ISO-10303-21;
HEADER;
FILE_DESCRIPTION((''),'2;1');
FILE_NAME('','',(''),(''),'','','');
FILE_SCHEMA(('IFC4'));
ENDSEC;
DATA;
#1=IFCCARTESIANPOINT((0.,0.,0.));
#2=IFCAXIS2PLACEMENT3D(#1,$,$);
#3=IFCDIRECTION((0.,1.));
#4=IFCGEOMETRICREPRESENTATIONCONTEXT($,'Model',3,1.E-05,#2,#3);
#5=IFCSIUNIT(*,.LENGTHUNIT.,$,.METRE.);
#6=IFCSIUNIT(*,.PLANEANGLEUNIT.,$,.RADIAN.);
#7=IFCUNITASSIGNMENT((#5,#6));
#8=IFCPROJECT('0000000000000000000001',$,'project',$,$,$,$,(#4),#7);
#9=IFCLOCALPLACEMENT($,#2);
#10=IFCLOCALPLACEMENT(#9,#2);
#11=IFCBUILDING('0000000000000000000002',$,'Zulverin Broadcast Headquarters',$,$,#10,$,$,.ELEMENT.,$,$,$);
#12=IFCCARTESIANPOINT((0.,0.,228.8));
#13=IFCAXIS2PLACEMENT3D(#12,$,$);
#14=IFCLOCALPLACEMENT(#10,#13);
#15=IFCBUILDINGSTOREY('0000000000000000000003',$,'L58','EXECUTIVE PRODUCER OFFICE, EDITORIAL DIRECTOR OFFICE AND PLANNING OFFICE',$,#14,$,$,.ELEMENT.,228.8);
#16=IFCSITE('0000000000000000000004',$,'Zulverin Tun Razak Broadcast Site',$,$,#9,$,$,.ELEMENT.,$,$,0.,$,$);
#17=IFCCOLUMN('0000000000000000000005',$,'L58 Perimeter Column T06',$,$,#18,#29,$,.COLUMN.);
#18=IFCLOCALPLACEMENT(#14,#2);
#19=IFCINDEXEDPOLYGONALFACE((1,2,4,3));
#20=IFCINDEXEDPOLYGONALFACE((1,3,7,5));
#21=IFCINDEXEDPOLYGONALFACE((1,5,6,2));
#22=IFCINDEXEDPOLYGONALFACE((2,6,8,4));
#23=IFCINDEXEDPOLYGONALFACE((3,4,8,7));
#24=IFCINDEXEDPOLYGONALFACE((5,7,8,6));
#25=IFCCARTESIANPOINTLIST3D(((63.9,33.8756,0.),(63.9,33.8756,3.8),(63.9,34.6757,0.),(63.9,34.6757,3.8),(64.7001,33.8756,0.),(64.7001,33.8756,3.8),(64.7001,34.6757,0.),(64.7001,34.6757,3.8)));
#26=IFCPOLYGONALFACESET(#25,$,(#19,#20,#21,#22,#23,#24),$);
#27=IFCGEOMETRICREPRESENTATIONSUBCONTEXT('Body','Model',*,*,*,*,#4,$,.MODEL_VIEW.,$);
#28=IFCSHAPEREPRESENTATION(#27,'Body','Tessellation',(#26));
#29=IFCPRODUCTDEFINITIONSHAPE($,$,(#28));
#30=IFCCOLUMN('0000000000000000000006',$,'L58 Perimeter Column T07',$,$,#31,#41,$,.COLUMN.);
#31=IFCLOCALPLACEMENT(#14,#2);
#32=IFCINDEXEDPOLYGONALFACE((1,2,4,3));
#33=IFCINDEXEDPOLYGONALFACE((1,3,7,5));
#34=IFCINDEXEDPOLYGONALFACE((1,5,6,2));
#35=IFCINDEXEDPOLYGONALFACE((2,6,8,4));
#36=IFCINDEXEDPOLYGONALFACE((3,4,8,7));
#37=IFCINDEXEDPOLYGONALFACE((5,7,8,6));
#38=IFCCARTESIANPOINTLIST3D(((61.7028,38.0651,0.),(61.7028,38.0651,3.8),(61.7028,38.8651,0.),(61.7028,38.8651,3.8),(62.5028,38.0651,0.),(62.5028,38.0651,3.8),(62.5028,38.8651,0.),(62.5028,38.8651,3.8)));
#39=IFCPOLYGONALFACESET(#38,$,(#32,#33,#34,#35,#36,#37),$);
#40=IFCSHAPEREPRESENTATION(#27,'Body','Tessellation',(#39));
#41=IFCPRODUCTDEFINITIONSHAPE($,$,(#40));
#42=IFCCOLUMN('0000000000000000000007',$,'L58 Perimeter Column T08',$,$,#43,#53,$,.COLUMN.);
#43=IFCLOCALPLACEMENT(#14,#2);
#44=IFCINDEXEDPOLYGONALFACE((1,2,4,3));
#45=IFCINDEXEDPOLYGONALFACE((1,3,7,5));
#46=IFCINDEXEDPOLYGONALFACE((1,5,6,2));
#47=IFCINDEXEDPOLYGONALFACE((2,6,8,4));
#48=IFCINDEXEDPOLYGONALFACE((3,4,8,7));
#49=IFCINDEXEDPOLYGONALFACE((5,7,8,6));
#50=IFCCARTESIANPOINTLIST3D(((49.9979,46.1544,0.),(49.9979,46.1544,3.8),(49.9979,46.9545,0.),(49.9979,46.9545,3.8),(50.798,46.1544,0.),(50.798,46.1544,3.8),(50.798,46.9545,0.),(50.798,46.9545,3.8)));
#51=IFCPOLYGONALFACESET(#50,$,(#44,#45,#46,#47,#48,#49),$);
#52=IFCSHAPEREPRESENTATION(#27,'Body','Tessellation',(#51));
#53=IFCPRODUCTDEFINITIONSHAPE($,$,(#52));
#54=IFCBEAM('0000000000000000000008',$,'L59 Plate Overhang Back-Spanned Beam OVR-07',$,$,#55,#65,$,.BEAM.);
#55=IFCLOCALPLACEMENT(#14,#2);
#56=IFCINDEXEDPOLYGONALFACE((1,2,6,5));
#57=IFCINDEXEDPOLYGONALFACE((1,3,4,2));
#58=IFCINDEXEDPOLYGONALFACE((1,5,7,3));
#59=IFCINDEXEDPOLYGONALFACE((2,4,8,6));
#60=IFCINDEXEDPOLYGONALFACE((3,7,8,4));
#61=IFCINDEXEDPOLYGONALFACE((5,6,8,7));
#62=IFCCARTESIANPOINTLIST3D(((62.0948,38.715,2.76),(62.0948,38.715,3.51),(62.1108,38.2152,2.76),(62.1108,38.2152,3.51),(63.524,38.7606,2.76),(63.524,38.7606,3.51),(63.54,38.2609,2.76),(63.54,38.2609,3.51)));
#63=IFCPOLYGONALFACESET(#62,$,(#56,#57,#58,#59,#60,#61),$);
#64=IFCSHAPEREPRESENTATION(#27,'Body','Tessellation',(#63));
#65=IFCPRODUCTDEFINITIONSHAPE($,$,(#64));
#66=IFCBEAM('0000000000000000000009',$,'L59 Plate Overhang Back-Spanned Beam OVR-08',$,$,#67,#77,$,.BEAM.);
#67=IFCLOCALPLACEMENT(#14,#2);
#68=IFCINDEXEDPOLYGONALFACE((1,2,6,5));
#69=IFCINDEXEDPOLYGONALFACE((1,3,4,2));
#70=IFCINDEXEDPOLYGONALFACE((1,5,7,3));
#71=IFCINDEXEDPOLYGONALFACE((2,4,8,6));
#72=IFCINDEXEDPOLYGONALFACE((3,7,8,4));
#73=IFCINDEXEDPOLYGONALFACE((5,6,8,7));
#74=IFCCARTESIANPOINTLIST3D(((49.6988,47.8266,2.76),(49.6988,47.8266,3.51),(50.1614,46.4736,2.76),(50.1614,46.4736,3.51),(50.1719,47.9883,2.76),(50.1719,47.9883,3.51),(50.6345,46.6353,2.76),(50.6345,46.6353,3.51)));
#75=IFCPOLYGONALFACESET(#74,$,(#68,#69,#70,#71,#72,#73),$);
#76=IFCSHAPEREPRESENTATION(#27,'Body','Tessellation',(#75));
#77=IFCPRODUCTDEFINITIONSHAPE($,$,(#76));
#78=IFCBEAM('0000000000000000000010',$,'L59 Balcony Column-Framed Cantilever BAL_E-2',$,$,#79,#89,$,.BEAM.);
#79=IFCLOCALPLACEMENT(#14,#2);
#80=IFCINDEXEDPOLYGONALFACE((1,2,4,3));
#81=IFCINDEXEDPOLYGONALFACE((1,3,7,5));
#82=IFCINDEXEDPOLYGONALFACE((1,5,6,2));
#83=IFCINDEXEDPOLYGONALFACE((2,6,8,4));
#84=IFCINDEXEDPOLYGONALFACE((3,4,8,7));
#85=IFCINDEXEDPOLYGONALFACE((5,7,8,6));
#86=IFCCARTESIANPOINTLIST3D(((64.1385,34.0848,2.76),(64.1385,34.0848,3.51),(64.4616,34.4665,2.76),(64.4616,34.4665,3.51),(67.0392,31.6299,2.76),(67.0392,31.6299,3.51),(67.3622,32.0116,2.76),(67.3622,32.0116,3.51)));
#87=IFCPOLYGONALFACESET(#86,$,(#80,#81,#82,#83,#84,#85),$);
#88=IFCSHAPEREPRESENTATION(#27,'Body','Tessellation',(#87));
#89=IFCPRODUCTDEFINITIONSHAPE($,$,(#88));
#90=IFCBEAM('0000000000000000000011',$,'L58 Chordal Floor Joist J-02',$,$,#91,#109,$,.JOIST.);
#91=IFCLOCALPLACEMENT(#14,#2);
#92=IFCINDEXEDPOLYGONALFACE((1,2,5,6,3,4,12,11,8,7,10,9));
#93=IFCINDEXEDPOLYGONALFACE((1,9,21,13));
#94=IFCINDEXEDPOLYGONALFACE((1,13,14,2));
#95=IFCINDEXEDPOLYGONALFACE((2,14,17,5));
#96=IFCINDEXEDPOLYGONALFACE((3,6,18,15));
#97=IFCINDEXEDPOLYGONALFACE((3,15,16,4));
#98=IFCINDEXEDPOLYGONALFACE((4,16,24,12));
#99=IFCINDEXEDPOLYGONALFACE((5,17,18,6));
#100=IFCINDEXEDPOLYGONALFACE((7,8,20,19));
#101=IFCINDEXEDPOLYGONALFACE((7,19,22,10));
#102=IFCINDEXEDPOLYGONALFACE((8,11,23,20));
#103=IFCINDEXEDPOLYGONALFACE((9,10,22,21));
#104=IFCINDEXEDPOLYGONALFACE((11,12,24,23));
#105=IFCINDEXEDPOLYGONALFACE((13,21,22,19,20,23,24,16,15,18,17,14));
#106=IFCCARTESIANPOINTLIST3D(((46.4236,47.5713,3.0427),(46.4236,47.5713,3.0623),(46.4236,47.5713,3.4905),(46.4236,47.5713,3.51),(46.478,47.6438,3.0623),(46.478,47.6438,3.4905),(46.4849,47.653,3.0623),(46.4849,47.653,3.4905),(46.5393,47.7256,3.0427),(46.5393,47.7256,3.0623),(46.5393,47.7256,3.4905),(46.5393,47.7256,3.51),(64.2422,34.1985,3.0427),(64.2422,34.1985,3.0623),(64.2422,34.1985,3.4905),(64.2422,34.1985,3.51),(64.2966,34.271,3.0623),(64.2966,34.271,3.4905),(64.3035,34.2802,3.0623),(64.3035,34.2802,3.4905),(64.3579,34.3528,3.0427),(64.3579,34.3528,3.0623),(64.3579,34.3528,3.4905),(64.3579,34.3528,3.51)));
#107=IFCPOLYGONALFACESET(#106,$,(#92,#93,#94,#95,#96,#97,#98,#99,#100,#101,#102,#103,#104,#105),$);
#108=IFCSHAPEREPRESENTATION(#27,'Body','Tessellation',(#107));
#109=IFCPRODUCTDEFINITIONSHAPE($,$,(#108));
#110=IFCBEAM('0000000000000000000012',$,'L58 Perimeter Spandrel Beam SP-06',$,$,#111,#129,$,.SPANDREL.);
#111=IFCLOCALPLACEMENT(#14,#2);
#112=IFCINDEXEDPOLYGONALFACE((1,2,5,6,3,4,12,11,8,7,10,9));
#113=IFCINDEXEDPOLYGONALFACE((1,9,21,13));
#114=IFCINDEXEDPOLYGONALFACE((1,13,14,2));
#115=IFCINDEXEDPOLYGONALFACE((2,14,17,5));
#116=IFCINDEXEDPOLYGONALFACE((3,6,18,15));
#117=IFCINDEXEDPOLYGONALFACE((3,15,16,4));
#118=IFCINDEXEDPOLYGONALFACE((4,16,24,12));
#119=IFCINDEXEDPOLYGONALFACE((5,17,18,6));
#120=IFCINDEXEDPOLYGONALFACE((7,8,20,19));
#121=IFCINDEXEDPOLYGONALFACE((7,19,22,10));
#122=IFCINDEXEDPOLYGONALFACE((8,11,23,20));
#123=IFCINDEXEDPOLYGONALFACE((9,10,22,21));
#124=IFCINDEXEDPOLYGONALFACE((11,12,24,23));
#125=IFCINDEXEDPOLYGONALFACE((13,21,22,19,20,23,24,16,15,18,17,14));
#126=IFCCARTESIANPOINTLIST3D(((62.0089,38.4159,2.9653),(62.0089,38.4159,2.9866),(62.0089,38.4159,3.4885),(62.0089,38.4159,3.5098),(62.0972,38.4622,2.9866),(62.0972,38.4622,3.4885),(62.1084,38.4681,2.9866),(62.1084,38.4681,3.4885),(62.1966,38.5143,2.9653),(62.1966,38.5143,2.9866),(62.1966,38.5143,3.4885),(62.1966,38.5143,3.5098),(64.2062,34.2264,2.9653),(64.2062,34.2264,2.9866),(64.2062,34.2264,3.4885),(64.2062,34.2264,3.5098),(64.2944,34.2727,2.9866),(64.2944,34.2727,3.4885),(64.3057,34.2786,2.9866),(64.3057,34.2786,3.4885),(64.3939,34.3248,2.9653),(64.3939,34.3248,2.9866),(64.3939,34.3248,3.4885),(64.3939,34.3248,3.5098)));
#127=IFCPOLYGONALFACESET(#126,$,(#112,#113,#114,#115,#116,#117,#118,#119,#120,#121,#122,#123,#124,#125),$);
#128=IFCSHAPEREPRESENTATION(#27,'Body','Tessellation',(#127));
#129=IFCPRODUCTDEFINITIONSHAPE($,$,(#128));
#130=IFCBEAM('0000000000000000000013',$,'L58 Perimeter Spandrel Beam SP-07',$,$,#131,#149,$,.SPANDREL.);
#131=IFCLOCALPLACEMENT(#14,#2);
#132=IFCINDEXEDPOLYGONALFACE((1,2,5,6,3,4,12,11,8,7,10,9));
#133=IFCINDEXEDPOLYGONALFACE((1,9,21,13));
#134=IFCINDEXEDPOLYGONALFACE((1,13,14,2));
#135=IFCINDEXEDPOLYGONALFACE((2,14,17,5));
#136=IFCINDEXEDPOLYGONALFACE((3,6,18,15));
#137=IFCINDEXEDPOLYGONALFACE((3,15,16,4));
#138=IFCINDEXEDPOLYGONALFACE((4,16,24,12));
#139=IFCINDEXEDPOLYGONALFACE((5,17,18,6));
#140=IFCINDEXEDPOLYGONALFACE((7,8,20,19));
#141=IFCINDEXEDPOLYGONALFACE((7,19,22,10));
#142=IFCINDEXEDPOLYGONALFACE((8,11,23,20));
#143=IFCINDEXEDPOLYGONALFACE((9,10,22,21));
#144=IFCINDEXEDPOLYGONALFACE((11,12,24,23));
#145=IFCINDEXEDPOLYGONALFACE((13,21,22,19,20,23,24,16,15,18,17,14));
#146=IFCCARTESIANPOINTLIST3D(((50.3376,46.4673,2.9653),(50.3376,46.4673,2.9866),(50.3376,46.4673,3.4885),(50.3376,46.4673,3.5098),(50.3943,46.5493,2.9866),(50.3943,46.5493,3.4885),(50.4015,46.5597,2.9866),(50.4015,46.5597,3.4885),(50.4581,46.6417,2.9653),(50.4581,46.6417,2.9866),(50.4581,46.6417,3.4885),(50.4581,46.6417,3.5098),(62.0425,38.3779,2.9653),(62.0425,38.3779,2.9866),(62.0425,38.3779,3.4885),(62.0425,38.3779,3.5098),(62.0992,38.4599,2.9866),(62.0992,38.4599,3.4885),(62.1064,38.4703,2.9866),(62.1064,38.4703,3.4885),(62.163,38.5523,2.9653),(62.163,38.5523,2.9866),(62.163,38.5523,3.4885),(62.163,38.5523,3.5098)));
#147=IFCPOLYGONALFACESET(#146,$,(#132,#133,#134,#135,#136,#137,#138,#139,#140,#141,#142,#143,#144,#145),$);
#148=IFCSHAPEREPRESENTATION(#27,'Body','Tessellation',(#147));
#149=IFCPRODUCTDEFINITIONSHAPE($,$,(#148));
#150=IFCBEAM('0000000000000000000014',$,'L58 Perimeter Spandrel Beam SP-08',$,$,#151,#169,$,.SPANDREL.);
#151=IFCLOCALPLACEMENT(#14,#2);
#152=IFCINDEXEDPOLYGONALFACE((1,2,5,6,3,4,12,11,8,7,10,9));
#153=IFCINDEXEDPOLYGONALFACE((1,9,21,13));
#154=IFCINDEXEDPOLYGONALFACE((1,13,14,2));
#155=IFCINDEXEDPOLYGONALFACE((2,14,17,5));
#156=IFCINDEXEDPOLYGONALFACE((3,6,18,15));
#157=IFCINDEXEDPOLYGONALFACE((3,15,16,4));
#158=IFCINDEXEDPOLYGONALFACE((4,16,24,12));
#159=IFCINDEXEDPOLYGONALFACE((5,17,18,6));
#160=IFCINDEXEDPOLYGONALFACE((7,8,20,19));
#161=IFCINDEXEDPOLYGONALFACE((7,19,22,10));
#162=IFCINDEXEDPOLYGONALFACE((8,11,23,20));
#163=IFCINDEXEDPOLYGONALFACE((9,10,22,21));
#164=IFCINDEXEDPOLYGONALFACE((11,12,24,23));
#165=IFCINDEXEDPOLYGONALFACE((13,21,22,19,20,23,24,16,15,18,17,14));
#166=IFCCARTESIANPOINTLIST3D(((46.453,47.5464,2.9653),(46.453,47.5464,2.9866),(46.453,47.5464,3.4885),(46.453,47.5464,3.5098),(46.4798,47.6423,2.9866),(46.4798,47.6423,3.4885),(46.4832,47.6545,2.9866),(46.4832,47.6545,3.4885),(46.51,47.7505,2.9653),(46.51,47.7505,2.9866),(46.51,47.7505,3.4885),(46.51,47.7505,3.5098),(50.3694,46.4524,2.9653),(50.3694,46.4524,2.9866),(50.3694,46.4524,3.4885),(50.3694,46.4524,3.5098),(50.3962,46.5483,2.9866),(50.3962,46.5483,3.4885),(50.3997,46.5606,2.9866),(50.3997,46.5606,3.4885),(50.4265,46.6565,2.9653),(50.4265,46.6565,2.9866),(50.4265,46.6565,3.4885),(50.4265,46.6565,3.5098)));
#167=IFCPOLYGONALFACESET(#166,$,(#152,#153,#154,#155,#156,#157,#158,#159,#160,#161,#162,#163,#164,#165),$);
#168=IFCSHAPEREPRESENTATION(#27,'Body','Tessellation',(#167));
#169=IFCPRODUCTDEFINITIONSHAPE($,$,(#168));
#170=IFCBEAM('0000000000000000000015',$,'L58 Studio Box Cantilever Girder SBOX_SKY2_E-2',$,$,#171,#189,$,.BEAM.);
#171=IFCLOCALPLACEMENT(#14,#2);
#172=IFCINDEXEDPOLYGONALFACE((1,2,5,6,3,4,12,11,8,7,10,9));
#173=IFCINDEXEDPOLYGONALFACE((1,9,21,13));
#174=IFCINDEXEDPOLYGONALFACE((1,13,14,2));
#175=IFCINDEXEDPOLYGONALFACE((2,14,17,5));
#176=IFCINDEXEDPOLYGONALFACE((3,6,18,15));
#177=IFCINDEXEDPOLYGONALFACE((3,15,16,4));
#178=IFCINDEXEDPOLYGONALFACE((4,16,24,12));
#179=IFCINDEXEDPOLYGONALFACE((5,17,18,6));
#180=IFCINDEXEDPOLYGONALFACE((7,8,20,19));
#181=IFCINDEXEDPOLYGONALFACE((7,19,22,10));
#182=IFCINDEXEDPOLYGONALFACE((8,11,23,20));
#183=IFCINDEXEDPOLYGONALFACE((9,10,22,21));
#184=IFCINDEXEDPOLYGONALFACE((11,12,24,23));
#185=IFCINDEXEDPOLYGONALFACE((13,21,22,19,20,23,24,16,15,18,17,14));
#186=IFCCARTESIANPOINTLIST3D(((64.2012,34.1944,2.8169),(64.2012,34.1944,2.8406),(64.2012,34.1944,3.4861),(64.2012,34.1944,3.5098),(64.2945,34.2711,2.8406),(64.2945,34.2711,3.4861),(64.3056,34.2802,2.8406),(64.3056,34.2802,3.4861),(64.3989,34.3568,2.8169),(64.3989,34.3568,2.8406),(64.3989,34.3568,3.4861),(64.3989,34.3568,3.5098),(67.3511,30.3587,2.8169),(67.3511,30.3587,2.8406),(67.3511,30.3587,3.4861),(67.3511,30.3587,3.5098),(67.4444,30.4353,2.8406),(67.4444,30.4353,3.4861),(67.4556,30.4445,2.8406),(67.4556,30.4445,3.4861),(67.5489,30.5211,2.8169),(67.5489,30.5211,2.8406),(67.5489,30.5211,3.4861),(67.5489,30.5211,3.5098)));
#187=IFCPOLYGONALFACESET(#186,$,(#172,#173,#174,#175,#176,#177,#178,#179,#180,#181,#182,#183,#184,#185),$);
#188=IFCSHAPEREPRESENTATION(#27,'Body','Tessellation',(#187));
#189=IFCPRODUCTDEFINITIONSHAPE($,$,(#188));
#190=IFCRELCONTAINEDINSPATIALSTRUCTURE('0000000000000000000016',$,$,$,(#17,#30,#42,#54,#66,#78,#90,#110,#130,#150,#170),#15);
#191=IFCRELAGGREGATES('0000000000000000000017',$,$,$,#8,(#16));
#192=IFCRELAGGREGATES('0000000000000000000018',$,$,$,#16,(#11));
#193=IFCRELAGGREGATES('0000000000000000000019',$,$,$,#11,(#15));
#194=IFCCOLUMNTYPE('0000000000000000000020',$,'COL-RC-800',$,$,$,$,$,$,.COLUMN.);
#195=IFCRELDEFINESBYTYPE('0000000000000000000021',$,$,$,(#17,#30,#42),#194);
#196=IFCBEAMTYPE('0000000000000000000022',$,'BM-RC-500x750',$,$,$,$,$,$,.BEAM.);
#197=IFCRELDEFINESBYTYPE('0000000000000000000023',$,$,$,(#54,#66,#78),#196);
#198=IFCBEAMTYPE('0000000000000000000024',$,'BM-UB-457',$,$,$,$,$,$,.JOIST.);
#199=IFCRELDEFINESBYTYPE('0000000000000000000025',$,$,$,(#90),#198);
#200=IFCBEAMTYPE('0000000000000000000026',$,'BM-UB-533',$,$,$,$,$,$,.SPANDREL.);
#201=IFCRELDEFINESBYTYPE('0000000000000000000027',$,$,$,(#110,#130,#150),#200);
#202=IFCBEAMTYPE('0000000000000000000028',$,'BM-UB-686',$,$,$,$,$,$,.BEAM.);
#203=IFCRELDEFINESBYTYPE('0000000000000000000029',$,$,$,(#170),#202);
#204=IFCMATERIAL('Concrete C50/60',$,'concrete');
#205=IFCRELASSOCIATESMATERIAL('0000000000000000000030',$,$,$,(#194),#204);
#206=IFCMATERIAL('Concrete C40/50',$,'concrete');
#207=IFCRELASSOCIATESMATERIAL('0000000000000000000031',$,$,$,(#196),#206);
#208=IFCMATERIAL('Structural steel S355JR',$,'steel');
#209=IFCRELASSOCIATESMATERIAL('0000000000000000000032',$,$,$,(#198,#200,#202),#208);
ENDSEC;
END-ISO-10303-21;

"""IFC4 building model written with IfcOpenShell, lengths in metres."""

from ifc_helpers import new_model, si_unit, direction, frame, origin, origin_2d, place, context, subcontext, project, spatial, rectangle, i_section, extrude, material, material_profile, profile_set, type_object, element, save


model = new_model("IFC4")

# Units and contexts
model_context = context("Model", 3, precision=1e-05, world=origin(), true_north=direction((0.0, 1.0)))
body_context = subcontext(model_context, "Body", "Model", "MODEL_VIEW")
ifc_project = project(units=[si_unit("LENGTHUNIT", "METRE"), si_unit("PLANEANGLEUNIT", "RADIAN")], contexts=[model_context])

# Site, building, storey
site_placement = place(None, origin())
site = spatial("IfcSite", under=ifc_project, at=site_placement, Name="Zulverin Tun Razak Broadcast Site", CompositionType="ELEMENT", RefElevation=0.0)
building_placement = place(site_placement, origin())
building = spatial("IfcBuilding", under=site, at=building_placement, Name="Zulverin Broadcast Headquarters", CompositionType="ELEMENT")
storey_placement = place(building_placement, frame((0.0, 0.0, 228.8)))
storey = spatial("IfcBuildingStorey", under=building, at=storey_placement, Name="L58", Description="EXECUTIVE PRODUCER OFFICE, EDITORIAL DIRECTOR OFFICE AND PLANNING OFFICE", CompositionType="ELEMENT", Elevation=228.8)

# Columns
ifc_material_1 = material(Name="Concrete C50/60", Category="concrete")
ifc_material_profile_1 = material_profile(ifc_material_1, rectangle(XDim=0.8, YDim=0.8, at=origin_2d()), Name="Concrete C50/60", Category="concrete")
ifc_profile_set_1 = profile_set([ifc_material_profile_1], Name="Concrete C50/60")
column_type = type_object("IfcColumnType", Name="COL-RC-800", PredefinedType="COLUMN", material=ifc_profile_set_1)
for number, where, z_axis, x_axis, name in (
    (1, (64.3, 34.2756, 0.0), (0.0, 0.0, 1.0), (1.0, 0.0, 0.0), "L58 Perimeter Column T06"),
    (2, (62.1028, 38.4651, 0.0), (0.0, 0.0, 1.0), (1.0, 0.0, 0.0), "L58 Perimeter Column T07"),
    (3, (50.3979, 46.5544, 0.0), (0.0, 0.0, 1.0), (1.0, 0.0, 0.0), "L58 Perimeter Column T08"),
):
    element("IfcColumn", number, at=place(storey_placement, frame(where, z_axis=z_axis, x_axis=x_axis)), inside=storey, type_object=column_type, Name=name, PredefinedType="COLUMN", context=body_context, shape_type="SweptSolid", body=[
        extrude(rectangle(XDim=0.8, YDim=0.8, at=origin_2d()), origin(), (0.0, 0.0, 1.0), 3.8),
    ])

# Beams
ifc_material_2 = material(Name="Concrete C40/50", Category="concrete")
ifc_material_profile_2 = material_profile(ifc_material_2, rectangle(XDim=0.5, YDim=0.75, at=origin_2d()), Name="Concrete C40/50", Category="concrete")
ifc_profile_set_2 = profile_set([ifc_material_profile_2], Name="Concrete C40/50")
beam_type_1 = type_object("IfcBeamType", Name="BM-RC-500x750", PredefinedType="BEAM", material=ifc_profile_set_2)
for number, where, z_axis, x_axis, name in (
    (4, (62.1028, 38.4651, 3.135), (0.99949, 0.031928, 0.0), (-0.031928, 0.99949, 0.0), "L59 Plate Overhang Back-Spanned Beam OVR-07"),
    (5, (50.3979, 46.5544, 3.135), (-0.323543, 0.946214, 0.0), (-0.946214, -0.323543, 0.0), "L59 Plate Overhang Back-Spanned Beam OVR-08"),
):
    element("IfcBeam", number, at=place(storey_placement, frame(where, z_axis=z_axis, x_axis=x_axis)), inside=storey, type_object=beam_type_1, Name=name, PredefinedType="BEAM", context=body_context, shape_type="SweptSolid", body=[
        extrude(rectangle(XDim=0.5, YDim=0.75, at=origin_2d()), origin(), (0.0, 0.0, 1.0), 1.4299),
    ])
beam_1_placement = place(storey_placement, frame((64.3, 34.2756, 3.135), z_axis=(0.763328, -0.646011, 0.0), x_axis=(0.646011, 0.763328, 0.0)))
element("IfcBeam", 6, at=beam_1_placement, inside=storey, type_object=beam_type_1, Name="L59 Balcony Column-Framed Cantilever BAL_E-2", PredefinedType="BEAM", context=body_context, shape_type="SweptSolid", body=[
    extrude(rectangle(XDim=0.5, YDim=0.75, at=origin_2d()), origin(), (0.0, 0.0, 1.0), 3.8),
])
ifc_material_3 = material(Name="Structural steel S355JR", Category="steel")
ifc_material_profile_3 = material_profile(ifc_material_3, i_section(OverallWidth=0.1929, OverallDepth=0.4673, WebThickness=0.0115, FlangeThickness=0.0195, at=origin_2d()), Name="Structural steel S355JR", Category="steel")
ifc_profile_set_3 = profile_set([ifc_material_profile_3], Name="Structural steel S355JR")
beam_type_2 = type_object("IfcBeamType", Name="BM-UB-457", PredefinedType="JOIST", material=ifc_profile_set_3)
beam_2_placement = place(storey_placement, frame((64.3, 34.2756, 3.2764), z_axis=(-0.799809, 0.600254, 0.0), x_axis=(-0.600254, -0.799809, 0.0)))
element("IfcBeam", 7, at=beam_2_placement, inside=storey, type_object=beam_type_2, Name="L58 Chordal Floor Joist J-02", PredefinedType="JOIST", context=body_context, shape_type="SweptSolid", body=[
    extrude(i_section(OverallWidth=0.1929, OverallDepth=0.4673, WebThickness=0.0115, FlangeThickness=0.0195, at=origin_2d()), origin(), (0.0, 0.0, 1.0), 22.2786),
])
ifc_material_profile_4 = material_profile(ifc_material_3, i_section(OverallWidth=0.2119, OverallDepth=0.5444, WebThickness=0.0127, FlangeThickness=0.0212, at=origin_2d()), Name="Structural steel S355JR", Category="steel")
ifc_profile_set_4 = profile_set([ifc_material_profile_4], Name="Structural steel S355JR")
beam_type_3 = type_object("IfcBeamType", Name="BM-UB-533", PredefinedType="SPANDREL", material=ifc_profile_set_4)
beam_3_placement = place(storey_placement, frame((64.3, 34.2756, 3.2375), z_axis=(-0.46447, 0.885589, 0.0), x_axis=(-0.885589, -0.46447, 0.0)))
element("IfcBeam", 8, at=beam_3_placement, inside=storey, type_object=beam_type_3, Name="L58 Perimeter Spandrel Beam SP-06", PredefinedType="SPANDREL", context=body_context, shape_type="SweptSolid", body=[
    extrude(i_section(OverallWidth=0.2119, OverallDepth=0.5444, WebThickness=0.0127, FlangeThickness=0.0212, at=origin_2d()), origin(), (0.0, 0.0, 1.0), 4.7307),
])
beam_4_placement = place(storey_placement, frame((62.1028, 38.4651, 3.2375), z_axis=(-0.822652, 0.568545, 0.0), x_axis=(-0.568545, -0.822652, 0.0)))
element("IfcBeam", 9, at=beam_4_placement, inside=storey, type_object=beam_type_3, Name="L58 Perimeter Spandrel Beam SP-07", PredefinedType="SPANDREL", context=body_context, shape_type="SweptSolid", body=[
    extrude(i_section(OverallWidth=0.2119, OverallDepth=0.5444, WebThickness=0.0127, FlangeThickness=0.0212, at=origin_2d()), origin(), (0.0, 0.0, 1.0), 14.2283),
])
beam_5_placement = place(storey_placement, frame((50.3979, 46.5544, 3.2375), z_axis=(-0.963132, 0.269031, 0.0), x_axis=(-0.269031, -0.963132, 0.0)))
element("IfcBeam", 10, at=beam_5_placement, inside=storey, type_object=beam_type_3, Name="L58 Perimeter Spandrel Beam SP-08", PredefinedType="SPANDREL", context=body_context, shape_type="SweptSolid", body=[
    extrude(i_section(OverallWidth=0.2119, OverallDepth=0.5444, WebThickness=0.0127, FlangeThickness=0.0212, at=origin_2d()), origin(), (0.0, 0.0, 1.0), 4.0664),
])
ifc_material_profile_5 = material_profile(ifc_material_3, i_section(OverallWidth=0.2559, OverallDepth=0.6929, WebThickness=0.0144, FlangeThickness=0.0237, at=origin_2d()), Name="Structural steel S355JR", Category="steel")
ifc_profile_set_5 = profile_set([ifc_material_profile_5], Name="Structural steel S355JR")
beam_type_4 = type_object("IfcBeamType", Name="BM-UB-686", PredefinedType="BEAM", material=ifc_profile_set_5)
beam_6_placement = place(storey_placement, frame((64.3, 34.2756, 3.1633), z_axis=(0.634638, -0.77281, 0.0), x_axis=(0.77281, 0.634638, 0.0)))
element("IfcBeam", 11, at=beam_6_placement, inside=storey, type_object=beam_type_4, Name="L58 Studio Box Cantilever Girder SBOX_SKY2_E-2", PredefinedType="BEAM", context=body_context, shape_type="SweptSolid", body=[
    extrude(i_section(OverallWidth=0.2559, OverallDepth=0.6929, WebThickness=0.0144, FlangeThickness=0.0237, at=origin_2d()), origin(), (0.0, 0.0, 1.0), 4.9634),
])

save(model, "model.ifc")
